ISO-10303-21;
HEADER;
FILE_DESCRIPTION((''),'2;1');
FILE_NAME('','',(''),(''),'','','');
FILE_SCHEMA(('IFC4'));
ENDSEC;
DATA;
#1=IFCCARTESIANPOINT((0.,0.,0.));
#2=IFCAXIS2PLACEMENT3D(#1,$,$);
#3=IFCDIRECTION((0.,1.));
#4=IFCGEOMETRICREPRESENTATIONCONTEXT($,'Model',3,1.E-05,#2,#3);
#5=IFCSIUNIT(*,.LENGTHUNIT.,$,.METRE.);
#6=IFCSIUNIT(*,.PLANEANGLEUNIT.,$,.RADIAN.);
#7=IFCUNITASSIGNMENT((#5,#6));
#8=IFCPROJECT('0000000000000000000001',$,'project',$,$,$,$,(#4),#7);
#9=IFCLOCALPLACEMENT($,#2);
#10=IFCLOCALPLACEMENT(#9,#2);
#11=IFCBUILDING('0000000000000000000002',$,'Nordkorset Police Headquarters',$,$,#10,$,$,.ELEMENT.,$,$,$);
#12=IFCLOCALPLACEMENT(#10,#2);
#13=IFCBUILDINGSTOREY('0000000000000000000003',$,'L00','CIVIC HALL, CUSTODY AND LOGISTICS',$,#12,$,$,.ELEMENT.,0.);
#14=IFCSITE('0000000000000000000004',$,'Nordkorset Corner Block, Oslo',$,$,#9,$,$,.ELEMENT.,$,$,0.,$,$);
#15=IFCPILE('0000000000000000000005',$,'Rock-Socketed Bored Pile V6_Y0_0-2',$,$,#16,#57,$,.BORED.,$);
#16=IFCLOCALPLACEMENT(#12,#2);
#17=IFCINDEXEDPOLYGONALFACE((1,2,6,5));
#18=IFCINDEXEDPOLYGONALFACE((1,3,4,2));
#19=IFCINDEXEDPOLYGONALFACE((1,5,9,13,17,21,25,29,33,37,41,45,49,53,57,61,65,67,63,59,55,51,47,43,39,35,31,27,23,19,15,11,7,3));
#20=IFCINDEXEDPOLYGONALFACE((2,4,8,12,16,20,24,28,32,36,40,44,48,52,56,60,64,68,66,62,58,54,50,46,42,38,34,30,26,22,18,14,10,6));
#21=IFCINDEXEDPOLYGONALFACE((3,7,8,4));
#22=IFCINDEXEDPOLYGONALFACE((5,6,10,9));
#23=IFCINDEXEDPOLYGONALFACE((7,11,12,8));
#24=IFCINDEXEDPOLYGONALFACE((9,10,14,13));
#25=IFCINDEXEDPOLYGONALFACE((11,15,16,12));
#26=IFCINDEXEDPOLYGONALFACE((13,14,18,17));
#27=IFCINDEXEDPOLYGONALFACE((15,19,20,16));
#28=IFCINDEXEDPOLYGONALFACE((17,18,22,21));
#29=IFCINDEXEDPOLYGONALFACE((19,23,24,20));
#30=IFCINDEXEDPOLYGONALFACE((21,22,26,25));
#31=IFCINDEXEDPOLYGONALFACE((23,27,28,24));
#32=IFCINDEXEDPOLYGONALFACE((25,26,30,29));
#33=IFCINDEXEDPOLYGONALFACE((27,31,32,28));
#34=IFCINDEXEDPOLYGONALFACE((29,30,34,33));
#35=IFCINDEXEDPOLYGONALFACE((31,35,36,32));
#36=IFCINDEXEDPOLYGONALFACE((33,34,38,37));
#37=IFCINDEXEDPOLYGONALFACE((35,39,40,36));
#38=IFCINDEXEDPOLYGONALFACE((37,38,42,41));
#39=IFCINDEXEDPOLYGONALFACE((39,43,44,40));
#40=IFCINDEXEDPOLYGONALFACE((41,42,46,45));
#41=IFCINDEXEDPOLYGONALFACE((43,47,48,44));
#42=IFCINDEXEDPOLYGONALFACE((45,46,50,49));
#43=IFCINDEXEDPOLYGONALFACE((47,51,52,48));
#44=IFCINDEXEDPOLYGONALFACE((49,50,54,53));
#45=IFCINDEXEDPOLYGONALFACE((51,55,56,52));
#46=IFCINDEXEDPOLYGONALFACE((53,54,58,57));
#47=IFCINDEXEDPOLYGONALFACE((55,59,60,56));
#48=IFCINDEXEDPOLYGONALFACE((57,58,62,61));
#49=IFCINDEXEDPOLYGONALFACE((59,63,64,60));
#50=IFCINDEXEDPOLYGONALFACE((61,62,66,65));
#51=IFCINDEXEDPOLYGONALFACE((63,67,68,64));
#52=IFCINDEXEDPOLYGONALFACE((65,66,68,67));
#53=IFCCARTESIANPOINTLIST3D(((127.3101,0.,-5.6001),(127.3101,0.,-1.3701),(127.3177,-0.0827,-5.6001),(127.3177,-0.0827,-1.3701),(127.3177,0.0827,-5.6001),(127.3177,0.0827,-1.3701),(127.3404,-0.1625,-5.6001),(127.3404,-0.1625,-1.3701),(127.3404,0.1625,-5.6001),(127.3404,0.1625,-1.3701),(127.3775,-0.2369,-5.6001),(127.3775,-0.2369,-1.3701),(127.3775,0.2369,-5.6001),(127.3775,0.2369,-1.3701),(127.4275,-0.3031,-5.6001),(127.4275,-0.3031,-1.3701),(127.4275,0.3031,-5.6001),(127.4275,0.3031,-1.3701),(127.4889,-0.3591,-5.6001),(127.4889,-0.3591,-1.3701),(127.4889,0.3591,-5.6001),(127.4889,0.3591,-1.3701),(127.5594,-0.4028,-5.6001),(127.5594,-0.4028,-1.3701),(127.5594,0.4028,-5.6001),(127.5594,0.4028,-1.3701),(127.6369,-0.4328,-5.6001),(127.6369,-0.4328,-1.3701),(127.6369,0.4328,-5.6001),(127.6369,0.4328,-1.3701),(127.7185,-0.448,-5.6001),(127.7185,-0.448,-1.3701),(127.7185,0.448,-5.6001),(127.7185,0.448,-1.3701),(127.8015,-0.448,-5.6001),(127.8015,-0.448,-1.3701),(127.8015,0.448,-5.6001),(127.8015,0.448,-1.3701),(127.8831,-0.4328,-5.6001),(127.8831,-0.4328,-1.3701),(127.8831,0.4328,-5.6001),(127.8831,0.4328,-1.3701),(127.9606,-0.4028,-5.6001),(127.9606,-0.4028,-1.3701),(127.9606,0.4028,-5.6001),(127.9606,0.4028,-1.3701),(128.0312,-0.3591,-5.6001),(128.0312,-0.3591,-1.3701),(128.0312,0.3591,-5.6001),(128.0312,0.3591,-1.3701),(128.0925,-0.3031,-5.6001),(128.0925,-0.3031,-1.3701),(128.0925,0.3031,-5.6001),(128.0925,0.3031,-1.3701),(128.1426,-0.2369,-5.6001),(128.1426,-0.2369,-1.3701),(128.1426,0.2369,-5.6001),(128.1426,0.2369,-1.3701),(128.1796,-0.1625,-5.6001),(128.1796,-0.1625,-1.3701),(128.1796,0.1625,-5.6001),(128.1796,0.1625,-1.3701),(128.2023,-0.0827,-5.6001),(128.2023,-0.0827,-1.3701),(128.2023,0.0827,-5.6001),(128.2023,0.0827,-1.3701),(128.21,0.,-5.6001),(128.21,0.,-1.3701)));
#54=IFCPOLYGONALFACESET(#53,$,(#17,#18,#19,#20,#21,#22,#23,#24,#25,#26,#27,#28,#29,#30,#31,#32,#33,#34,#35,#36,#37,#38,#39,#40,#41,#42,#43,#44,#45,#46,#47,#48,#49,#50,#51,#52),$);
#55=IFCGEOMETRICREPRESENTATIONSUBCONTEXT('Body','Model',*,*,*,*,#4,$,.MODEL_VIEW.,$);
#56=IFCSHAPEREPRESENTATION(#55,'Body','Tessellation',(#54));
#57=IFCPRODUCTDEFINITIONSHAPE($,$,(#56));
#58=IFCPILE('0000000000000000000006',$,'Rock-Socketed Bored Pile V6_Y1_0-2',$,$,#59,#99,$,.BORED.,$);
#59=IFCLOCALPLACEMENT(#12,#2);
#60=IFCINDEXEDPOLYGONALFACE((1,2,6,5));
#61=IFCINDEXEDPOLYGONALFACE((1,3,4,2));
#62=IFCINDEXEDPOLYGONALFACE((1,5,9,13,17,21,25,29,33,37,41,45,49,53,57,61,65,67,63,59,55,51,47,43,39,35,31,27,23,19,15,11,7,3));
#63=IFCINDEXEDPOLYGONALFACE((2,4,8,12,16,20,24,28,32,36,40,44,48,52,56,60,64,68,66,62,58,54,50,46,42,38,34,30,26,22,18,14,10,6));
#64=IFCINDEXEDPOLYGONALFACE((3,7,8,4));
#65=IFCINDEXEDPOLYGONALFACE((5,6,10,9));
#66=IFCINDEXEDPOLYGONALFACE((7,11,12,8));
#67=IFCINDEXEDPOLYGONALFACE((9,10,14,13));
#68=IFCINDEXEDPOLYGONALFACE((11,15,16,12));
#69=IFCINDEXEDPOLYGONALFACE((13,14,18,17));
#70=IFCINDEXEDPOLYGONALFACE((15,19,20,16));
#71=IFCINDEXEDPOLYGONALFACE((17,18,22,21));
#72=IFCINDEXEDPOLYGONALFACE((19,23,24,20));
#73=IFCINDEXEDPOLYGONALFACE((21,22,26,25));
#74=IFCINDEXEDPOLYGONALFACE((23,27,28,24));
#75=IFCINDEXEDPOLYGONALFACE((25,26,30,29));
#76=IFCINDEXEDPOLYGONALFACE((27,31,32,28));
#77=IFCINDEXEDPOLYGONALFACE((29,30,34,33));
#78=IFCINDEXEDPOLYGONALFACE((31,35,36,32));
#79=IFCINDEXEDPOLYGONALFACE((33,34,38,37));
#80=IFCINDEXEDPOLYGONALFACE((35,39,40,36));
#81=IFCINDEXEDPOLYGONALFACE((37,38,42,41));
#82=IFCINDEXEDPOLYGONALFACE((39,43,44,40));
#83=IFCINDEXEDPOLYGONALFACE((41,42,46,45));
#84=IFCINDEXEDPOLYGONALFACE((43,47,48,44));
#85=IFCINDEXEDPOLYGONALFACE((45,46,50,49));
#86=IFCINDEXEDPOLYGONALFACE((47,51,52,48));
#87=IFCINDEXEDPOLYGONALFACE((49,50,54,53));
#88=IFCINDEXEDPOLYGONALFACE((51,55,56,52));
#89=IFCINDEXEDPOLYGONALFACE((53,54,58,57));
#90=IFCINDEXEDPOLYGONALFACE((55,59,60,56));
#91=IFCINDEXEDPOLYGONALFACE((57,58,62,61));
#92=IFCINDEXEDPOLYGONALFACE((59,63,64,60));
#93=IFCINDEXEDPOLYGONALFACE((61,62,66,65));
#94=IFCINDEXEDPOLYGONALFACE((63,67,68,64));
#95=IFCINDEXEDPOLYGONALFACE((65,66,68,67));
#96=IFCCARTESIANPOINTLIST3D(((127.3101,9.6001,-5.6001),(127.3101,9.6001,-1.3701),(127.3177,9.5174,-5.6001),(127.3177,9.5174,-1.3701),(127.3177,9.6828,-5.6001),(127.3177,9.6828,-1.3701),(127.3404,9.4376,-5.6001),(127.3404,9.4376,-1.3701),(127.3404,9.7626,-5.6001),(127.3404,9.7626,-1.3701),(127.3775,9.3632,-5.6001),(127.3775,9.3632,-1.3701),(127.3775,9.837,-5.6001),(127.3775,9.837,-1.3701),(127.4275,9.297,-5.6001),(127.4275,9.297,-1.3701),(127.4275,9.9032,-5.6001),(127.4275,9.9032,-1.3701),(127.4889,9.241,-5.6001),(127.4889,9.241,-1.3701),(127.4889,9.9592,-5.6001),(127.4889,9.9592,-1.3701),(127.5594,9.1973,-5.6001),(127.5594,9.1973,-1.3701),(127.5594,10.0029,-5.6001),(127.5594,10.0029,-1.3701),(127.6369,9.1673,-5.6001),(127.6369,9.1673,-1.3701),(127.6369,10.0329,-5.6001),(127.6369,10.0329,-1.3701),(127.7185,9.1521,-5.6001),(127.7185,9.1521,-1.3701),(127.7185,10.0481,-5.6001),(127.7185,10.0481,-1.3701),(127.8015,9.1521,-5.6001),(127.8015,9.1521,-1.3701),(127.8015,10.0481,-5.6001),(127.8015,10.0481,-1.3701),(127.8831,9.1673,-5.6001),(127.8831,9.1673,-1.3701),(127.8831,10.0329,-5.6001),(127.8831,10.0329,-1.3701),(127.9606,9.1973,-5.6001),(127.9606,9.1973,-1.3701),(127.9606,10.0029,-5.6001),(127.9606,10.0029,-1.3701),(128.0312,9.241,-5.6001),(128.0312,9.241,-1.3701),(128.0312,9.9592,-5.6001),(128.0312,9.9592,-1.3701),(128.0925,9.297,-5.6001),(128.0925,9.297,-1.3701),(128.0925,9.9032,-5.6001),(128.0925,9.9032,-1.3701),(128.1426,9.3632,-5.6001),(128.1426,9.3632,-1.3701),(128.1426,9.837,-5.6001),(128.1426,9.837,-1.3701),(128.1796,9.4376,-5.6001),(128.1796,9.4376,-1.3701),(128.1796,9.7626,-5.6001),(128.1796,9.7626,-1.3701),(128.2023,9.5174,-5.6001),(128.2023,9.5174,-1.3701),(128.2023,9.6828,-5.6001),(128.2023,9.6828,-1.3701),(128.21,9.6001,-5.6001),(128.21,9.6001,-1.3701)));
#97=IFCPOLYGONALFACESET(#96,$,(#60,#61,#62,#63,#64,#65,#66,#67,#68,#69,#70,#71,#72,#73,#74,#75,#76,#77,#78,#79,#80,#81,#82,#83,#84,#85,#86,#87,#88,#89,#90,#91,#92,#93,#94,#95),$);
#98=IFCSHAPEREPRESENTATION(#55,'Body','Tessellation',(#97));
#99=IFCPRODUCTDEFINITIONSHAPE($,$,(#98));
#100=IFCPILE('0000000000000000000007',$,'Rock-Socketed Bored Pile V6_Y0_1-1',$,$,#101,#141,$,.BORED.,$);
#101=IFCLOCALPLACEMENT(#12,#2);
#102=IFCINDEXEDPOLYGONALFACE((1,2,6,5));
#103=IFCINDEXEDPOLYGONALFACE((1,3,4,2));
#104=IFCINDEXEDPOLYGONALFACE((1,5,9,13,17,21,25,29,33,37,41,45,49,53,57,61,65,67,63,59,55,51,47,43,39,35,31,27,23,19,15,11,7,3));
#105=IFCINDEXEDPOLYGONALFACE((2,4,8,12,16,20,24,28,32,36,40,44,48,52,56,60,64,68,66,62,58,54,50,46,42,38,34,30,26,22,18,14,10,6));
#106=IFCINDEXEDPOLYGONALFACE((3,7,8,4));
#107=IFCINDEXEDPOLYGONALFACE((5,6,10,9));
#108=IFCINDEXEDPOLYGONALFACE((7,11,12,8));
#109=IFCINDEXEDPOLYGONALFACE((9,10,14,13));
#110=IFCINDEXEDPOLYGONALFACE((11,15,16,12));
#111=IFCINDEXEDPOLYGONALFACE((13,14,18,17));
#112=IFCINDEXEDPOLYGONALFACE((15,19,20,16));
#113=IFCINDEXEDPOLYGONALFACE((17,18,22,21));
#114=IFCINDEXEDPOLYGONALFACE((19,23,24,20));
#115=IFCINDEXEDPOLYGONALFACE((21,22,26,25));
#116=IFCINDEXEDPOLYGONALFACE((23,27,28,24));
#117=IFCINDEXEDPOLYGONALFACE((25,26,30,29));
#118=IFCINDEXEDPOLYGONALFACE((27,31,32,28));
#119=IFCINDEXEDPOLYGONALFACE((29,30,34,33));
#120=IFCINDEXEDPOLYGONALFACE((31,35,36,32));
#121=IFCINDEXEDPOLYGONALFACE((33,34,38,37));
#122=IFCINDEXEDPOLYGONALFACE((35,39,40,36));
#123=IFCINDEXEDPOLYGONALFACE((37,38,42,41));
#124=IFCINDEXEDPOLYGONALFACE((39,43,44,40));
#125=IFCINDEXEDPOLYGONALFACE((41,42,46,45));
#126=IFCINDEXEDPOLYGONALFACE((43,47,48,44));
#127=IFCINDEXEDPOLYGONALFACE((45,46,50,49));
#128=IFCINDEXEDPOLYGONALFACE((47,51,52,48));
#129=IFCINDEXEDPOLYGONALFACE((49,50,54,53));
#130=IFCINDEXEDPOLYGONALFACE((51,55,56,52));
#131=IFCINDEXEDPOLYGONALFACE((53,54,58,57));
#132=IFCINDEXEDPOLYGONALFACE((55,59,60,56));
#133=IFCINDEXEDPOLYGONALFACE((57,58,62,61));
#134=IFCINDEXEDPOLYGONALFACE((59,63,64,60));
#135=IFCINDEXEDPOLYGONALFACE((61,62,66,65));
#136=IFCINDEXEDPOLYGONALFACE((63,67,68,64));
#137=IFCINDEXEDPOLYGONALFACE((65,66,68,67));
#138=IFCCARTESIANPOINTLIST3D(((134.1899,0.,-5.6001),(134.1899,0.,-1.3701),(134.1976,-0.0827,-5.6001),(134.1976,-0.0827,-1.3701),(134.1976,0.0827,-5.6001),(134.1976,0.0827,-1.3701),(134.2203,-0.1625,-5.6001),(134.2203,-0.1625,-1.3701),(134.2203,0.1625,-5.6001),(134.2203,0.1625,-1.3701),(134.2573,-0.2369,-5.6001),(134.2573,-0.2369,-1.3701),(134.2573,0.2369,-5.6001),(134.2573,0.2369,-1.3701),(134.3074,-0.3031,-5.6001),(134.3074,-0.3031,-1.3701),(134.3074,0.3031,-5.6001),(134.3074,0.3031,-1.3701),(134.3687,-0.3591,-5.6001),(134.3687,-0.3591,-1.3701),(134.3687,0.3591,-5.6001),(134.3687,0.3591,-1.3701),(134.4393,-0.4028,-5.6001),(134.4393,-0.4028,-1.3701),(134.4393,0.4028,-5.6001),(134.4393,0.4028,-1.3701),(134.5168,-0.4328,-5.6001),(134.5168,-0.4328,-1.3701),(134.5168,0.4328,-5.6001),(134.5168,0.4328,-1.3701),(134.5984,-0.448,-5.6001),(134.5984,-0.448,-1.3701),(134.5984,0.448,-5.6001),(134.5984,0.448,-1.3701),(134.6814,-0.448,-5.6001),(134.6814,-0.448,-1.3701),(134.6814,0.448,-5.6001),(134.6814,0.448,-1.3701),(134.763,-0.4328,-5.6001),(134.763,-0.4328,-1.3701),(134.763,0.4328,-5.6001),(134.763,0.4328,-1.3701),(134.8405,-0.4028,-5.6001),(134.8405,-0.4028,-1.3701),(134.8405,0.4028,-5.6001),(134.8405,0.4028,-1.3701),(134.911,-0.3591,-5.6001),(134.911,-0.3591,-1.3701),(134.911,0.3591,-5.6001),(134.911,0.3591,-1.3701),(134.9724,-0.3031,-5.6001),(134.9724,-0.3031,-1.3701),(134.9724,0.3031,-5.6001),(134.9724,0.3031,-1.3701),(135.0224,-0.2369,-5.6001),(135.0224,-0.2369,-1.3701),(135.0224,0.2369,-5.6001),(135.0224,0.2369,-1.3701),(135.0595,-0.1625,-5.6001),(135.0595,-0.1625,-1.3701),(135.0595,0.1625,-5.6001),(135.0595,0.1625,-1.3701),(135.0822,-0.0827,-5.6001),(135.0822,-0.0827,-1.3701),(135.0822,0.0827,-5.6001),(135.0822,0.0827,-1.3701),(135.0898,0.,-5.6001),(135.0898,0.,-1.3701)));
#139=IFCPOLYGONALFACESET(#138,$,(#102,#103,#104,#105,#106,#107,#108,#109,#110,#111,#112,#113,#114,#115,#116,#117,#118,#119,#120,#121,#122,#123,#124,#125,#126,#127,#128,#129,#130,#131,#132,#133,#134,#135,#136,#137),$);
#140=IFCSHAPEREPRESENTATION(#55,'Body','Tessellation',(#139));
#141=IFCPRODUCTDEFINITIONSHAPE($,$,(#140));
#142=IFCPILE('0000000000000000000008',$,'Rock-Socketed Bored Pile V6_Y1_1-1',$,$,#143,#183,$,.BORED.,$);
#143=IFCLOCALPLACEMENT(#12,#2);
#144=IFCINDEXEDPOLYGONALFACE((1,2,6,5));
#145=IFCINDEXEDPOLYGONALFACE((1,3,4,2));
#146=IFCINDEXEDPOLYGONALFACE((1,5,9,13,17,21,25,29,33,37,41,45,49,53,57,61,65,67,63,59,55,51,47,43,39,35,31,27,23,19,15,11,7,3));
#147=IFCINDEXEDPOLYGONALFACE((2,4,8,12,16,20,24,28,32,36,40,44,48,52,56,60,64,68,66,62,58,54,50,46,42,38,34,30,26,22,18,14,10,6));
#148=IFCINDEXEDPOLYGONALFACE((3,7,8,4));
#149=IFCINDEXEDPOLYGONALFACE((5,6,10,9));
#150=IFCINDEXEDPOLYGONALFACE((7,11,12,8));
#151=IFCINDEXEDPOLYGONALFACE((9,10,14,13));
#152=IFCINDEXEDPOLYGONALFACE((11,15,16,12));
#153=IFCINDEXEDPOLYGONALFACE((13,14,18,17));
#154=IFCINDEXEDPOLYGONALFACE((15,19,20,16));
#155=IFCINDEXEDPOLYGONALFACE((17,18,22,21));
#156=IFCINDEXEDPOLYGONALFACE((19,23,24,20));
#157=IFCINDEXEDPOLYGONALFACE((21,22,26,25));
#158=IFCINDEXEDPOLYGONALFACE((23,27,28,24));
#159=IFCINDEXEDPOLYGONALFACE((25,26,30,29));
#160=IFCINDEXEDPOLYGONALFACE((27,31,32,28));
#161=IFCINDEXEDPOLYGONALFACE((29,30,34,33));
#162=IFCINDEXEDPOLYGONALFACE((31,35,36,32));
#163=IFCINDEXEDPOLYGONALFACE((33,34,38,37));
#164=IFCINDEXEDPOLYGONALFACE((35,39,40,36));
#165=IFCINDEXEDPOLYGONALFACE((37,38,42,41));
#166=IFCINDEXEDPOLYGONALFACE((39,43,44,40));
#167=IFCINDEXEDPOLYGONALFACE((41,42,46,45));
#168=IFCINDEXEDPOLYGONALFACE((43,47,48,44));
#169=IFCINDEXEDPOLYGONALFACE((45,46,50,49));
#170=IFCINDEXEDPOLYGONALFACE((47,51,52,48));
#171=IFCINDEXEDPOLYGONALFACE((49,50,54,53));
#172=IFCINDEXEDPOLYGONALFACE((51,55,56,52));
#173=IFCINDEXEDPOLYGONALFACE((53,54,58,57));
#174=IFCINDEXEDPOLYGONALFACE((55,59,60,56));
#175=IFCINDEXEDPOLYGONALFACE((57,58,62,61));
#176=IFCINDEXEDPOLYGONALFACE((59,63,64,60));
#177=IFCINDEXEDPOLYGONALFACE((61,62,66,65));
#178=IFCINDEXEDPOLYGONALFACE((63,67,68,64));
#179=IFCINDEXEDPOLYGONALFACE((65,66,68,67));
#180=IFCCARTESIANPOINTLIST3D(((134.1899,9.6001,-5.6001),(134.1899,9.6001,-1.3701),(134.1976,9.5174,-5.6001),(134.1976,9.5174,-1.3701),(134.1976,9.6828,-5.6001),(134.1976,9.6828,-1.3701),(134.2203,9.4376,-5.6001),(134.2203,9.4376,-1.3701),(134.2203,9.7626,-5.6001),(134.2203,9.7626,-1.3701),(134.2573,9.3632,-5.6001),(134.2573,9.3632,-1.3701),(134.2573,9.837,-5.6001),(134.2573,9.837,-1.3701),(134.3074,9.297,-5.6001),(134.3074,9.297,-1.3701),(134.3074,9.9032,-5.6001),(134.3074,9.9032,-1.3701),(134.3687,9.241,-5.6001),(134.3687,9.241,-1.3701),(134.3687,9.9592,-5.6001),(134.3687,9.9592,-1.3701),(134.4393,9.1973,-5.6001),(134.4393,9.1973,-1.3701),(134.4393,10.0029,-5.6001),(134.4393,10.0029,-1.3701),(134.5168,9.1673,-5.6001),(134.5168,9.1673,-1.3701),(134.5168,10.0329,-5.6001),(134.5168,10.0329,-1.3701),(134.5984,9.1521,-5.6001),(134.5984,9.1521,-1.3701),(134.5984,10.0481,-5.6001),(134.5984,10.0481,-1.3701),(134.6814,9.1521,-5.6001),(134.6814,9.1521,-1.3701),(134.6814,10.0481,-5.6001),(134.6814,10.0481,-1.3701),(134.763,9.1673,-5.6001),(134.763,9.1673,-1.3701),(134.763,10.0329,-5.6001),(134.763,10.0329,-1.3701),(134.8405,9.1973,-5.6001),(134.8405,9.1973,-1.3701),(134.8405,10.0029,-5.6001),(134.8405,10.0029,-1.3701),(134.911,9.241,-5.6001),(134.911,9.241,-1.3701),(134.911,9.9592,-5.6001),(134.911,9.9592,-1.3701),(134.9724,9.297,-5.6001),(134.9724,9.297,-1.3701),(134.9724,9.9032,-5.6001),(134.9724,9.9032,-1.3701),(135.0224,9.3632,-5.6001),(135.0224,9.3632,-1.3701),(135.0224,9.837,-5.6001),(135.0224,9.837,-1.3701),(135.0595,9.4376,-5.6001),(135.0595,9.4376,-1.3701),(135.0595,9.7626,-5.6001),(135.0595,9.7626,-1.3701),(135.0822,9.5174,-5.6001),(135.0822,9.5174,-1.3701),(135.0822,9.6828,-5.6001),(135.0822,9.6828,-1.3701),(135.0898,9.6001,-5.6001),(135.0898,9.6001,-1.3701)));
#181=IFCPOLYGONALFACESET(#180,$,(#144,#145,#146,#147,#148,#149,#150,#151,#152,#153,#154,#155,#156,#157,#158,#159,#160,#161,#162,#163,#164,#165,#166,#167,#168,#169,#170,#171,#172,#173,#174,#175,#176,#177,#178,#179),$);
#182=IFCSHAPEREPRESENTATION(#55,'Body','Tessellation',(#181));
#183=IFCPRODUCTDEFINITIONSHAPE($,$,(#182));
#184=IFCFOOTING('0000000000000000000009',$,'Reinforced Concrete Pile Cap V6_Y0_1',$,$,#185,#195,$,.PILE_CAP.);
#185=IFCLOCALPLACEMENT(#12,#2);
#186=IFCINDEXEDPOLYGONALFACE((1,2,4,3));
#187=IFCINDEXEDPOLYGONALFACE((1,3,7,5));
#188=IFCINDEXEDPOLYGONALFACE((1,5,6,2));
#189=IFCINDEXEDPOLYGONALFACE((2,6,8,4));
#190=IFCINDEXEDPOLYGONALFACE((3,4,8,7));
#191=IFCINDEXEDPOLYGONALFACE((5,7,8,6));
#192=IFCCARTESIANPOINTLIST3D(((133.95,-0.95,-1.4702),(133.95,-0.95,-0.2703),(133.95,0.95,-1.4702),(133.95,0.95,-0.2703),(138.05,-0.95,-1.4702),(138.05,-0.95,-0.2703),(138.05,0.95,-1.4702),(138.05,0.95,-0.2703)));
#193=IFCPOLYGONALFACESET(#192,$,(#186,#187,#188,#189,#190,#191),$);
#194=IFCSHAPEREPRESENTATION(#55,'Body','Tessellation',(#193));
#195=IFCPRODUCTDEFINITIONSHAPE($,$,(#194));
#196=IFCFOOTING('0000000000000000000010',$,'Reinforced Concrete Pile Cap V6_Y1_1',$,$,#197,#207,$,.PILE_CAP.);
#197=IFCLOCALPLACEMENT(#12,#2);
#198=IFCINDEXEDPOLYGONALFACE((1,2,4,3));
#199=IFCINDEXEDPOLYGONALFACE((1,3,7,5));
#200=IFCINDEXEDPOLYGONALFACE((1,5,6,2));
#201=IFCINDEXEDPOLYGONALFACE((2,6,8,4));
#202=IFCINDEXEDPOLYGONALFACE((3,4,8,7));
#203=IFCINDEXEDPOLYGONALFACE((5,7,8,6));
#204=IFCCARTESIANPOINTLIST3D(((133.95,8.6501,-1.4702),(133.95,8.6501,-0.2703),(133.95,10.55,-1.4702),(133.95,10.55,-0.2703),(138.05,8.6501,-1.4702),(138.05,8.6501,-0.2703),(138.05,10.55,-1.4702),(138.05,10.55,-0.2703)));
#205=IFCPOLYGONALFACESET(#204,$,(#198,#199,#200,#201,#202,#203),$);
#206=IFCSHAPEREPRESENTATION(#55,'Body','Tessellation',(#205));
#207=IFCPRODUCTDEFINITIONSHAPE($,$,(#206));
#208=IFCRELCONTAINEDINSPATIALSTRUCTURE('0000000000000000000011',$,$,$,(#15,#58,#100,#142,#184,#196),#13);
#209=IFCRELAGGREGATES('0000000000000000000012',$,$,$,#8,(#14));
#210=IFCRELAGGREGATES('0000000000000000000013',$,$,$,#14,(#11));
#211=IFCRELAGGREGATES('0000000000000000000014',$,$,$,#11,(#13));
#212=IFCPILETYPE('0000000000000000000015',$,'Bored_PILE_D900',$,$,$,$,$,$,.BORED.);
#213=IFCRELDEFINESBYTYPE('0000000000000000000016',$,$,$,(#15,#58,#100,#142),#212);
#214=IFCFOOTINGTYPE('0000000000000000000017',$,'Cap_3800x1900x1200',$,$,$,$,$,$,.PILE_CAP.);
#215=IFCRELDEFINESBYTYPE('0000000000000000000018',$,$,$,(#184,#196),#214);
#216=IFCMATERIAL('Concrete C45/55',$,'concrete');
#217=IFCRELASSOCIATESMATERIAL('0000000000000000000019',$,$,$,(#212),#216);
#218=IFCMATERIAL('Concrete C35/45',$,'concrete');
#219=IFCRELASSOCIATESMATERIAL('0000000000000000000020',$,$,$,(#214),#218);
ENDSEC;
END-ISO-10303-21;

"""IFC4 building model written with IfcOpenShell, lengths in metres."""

from ifc_helpers import new_model, si_unit, direction, frame, origin, origin_2d, place, context, subcontext, project, spatial, rectangle, circle, extrude, material, material_profile, profile_set, type_object, element, save


model = new_model("IFC4")

# Units and contexts
model_context = context("Model", 3, precision=1e-05, world=origin(), true_north=direction((0.0, 1.0)))
body_context = subcontext(model_context, "Body", "Model", "MODEL_VIEW")
ifc_project = project(units=[si_unit("LENGTHUNIT", "METRE"), si_unit("PLANEANGLEUNIT", "RADIAN")], contexts=[model_context])

# Site, building, storey
site_placement = place(None, origin())
site = spatial("IfcSite", under=ifc_project, at=site_placement, Name="Nordkorset Corner Block, Oslo", CompositionType="ELEMENT", RefElevation=0.0)
building_placement = place(site_placement, origin())
building = spatial("IfcBuilding", under=site, at=building_placement, Name="Nordkorset Police Headquarters", CompositionType="ELEMENT")
storey_placement = place(building_placement, origin())
storey = spatial("IfcBuildingStorey", under=building, at=storey_placement, Name="L00", Description="CIVIC HALL, CUSTODY AND LOGISTICS", CompositionType="ELEMENT", Elevation=0.0)

# Piles
ifc_material_1 = material(Name="Concrete C45/55", Category="concrete")
ifc_material_profile_1 = material_profile(ifc_material_1, circle(Radius=0.45, at=origin_2d()), Name="PILE D900")
ifc_profile_set_1 = profile_set([ifc_material_profile_1], Name="Concrete C45/55")
pile_type = type_object("IfcPileType", Name="Bored_PILE_D900", PredefinedType="BORED", material=ifc_profile_set_1)
for number, where, z_axis, x_axis, name in (
    (1, (127.76, 0.0, -1.3701), (0.0, 0.0, -1.0), (1.0, 0.0, 0.0), "Rock-Socketed Bored Pile V6_Y0_0-2"),
    (2, (127.76, 9.6001, -1.3701), (0.0, 0.0, -1.0), (1.0, 0.0, 0.0), "Rock-Socketed Bored Pile V6_Y1_0-2"),
    (3, (134.6399, 0.0, -1.3701), (0.0, 0.0, -1.0), (1.0, 0.0, 0.0), "Rock-Socketed Bored Pile V6_Y0_1-1"),
    (4, (134.6399, 9.6001, -1.3701), (0.0, 0.0, -1.0), (1.0, 0.0, 0.0), "Rock-Socketed Bored Pile V6_Y1_1-1"),
):
    element("IfcPile", number, at=place(storey_placement, frame(where, z_axis=z_axis, x_axis=x_axis)), inside=storey, type_object=pile_type, Name=name, PredefinedType="BORED", context=body_context, shape_type="SweptSolid", body=[
        extrude(circle(Radius=0.45, at=origin_2d()), origin(), (0.0, 0.0, 1.0), 4.23),
    ])

# Footings
ifc_material_2 = material(Name="Concrete C35/45", Category="concrete")
footing_type = type_object("IfcFootingType", Name="Cap_3800x1900x1200", PredefinedType="PILE_CAP", material=ifc_material_2)
for number, where, z_axis, x_axis, name in (
    (5, (136.0, 0.0, -1.4702), (0.0, 0.0, 1.0), (1.0, 0.0, 0.0), "Reinforced Concrete Pile Cap V6_Y0_1"),
    (6, (136.0, 9.6001, -1.4702), (0.0, 0.0, 1.0), (1.0, 0.0, 0.0), "Reinforced Concrete Pile Cap V6_Y1_1"),
):
    element("IfcFooting", number, at=place(storey_placement, frame(where, z_axis=z_axis, x_axis=x_axis)), inside=storey, type_object=footing_type, Name=name, PredefinedType="PILE_CAP", context=body_context, shape_type="SweptSolid", body=[
        extrude(rectangle(XDim=4.1001, YDim=1.8999, at=origin_2d()), origin(), (0.0, 0.0, 1.0), 1.2),
    ])

save(model, "model.ifc")
